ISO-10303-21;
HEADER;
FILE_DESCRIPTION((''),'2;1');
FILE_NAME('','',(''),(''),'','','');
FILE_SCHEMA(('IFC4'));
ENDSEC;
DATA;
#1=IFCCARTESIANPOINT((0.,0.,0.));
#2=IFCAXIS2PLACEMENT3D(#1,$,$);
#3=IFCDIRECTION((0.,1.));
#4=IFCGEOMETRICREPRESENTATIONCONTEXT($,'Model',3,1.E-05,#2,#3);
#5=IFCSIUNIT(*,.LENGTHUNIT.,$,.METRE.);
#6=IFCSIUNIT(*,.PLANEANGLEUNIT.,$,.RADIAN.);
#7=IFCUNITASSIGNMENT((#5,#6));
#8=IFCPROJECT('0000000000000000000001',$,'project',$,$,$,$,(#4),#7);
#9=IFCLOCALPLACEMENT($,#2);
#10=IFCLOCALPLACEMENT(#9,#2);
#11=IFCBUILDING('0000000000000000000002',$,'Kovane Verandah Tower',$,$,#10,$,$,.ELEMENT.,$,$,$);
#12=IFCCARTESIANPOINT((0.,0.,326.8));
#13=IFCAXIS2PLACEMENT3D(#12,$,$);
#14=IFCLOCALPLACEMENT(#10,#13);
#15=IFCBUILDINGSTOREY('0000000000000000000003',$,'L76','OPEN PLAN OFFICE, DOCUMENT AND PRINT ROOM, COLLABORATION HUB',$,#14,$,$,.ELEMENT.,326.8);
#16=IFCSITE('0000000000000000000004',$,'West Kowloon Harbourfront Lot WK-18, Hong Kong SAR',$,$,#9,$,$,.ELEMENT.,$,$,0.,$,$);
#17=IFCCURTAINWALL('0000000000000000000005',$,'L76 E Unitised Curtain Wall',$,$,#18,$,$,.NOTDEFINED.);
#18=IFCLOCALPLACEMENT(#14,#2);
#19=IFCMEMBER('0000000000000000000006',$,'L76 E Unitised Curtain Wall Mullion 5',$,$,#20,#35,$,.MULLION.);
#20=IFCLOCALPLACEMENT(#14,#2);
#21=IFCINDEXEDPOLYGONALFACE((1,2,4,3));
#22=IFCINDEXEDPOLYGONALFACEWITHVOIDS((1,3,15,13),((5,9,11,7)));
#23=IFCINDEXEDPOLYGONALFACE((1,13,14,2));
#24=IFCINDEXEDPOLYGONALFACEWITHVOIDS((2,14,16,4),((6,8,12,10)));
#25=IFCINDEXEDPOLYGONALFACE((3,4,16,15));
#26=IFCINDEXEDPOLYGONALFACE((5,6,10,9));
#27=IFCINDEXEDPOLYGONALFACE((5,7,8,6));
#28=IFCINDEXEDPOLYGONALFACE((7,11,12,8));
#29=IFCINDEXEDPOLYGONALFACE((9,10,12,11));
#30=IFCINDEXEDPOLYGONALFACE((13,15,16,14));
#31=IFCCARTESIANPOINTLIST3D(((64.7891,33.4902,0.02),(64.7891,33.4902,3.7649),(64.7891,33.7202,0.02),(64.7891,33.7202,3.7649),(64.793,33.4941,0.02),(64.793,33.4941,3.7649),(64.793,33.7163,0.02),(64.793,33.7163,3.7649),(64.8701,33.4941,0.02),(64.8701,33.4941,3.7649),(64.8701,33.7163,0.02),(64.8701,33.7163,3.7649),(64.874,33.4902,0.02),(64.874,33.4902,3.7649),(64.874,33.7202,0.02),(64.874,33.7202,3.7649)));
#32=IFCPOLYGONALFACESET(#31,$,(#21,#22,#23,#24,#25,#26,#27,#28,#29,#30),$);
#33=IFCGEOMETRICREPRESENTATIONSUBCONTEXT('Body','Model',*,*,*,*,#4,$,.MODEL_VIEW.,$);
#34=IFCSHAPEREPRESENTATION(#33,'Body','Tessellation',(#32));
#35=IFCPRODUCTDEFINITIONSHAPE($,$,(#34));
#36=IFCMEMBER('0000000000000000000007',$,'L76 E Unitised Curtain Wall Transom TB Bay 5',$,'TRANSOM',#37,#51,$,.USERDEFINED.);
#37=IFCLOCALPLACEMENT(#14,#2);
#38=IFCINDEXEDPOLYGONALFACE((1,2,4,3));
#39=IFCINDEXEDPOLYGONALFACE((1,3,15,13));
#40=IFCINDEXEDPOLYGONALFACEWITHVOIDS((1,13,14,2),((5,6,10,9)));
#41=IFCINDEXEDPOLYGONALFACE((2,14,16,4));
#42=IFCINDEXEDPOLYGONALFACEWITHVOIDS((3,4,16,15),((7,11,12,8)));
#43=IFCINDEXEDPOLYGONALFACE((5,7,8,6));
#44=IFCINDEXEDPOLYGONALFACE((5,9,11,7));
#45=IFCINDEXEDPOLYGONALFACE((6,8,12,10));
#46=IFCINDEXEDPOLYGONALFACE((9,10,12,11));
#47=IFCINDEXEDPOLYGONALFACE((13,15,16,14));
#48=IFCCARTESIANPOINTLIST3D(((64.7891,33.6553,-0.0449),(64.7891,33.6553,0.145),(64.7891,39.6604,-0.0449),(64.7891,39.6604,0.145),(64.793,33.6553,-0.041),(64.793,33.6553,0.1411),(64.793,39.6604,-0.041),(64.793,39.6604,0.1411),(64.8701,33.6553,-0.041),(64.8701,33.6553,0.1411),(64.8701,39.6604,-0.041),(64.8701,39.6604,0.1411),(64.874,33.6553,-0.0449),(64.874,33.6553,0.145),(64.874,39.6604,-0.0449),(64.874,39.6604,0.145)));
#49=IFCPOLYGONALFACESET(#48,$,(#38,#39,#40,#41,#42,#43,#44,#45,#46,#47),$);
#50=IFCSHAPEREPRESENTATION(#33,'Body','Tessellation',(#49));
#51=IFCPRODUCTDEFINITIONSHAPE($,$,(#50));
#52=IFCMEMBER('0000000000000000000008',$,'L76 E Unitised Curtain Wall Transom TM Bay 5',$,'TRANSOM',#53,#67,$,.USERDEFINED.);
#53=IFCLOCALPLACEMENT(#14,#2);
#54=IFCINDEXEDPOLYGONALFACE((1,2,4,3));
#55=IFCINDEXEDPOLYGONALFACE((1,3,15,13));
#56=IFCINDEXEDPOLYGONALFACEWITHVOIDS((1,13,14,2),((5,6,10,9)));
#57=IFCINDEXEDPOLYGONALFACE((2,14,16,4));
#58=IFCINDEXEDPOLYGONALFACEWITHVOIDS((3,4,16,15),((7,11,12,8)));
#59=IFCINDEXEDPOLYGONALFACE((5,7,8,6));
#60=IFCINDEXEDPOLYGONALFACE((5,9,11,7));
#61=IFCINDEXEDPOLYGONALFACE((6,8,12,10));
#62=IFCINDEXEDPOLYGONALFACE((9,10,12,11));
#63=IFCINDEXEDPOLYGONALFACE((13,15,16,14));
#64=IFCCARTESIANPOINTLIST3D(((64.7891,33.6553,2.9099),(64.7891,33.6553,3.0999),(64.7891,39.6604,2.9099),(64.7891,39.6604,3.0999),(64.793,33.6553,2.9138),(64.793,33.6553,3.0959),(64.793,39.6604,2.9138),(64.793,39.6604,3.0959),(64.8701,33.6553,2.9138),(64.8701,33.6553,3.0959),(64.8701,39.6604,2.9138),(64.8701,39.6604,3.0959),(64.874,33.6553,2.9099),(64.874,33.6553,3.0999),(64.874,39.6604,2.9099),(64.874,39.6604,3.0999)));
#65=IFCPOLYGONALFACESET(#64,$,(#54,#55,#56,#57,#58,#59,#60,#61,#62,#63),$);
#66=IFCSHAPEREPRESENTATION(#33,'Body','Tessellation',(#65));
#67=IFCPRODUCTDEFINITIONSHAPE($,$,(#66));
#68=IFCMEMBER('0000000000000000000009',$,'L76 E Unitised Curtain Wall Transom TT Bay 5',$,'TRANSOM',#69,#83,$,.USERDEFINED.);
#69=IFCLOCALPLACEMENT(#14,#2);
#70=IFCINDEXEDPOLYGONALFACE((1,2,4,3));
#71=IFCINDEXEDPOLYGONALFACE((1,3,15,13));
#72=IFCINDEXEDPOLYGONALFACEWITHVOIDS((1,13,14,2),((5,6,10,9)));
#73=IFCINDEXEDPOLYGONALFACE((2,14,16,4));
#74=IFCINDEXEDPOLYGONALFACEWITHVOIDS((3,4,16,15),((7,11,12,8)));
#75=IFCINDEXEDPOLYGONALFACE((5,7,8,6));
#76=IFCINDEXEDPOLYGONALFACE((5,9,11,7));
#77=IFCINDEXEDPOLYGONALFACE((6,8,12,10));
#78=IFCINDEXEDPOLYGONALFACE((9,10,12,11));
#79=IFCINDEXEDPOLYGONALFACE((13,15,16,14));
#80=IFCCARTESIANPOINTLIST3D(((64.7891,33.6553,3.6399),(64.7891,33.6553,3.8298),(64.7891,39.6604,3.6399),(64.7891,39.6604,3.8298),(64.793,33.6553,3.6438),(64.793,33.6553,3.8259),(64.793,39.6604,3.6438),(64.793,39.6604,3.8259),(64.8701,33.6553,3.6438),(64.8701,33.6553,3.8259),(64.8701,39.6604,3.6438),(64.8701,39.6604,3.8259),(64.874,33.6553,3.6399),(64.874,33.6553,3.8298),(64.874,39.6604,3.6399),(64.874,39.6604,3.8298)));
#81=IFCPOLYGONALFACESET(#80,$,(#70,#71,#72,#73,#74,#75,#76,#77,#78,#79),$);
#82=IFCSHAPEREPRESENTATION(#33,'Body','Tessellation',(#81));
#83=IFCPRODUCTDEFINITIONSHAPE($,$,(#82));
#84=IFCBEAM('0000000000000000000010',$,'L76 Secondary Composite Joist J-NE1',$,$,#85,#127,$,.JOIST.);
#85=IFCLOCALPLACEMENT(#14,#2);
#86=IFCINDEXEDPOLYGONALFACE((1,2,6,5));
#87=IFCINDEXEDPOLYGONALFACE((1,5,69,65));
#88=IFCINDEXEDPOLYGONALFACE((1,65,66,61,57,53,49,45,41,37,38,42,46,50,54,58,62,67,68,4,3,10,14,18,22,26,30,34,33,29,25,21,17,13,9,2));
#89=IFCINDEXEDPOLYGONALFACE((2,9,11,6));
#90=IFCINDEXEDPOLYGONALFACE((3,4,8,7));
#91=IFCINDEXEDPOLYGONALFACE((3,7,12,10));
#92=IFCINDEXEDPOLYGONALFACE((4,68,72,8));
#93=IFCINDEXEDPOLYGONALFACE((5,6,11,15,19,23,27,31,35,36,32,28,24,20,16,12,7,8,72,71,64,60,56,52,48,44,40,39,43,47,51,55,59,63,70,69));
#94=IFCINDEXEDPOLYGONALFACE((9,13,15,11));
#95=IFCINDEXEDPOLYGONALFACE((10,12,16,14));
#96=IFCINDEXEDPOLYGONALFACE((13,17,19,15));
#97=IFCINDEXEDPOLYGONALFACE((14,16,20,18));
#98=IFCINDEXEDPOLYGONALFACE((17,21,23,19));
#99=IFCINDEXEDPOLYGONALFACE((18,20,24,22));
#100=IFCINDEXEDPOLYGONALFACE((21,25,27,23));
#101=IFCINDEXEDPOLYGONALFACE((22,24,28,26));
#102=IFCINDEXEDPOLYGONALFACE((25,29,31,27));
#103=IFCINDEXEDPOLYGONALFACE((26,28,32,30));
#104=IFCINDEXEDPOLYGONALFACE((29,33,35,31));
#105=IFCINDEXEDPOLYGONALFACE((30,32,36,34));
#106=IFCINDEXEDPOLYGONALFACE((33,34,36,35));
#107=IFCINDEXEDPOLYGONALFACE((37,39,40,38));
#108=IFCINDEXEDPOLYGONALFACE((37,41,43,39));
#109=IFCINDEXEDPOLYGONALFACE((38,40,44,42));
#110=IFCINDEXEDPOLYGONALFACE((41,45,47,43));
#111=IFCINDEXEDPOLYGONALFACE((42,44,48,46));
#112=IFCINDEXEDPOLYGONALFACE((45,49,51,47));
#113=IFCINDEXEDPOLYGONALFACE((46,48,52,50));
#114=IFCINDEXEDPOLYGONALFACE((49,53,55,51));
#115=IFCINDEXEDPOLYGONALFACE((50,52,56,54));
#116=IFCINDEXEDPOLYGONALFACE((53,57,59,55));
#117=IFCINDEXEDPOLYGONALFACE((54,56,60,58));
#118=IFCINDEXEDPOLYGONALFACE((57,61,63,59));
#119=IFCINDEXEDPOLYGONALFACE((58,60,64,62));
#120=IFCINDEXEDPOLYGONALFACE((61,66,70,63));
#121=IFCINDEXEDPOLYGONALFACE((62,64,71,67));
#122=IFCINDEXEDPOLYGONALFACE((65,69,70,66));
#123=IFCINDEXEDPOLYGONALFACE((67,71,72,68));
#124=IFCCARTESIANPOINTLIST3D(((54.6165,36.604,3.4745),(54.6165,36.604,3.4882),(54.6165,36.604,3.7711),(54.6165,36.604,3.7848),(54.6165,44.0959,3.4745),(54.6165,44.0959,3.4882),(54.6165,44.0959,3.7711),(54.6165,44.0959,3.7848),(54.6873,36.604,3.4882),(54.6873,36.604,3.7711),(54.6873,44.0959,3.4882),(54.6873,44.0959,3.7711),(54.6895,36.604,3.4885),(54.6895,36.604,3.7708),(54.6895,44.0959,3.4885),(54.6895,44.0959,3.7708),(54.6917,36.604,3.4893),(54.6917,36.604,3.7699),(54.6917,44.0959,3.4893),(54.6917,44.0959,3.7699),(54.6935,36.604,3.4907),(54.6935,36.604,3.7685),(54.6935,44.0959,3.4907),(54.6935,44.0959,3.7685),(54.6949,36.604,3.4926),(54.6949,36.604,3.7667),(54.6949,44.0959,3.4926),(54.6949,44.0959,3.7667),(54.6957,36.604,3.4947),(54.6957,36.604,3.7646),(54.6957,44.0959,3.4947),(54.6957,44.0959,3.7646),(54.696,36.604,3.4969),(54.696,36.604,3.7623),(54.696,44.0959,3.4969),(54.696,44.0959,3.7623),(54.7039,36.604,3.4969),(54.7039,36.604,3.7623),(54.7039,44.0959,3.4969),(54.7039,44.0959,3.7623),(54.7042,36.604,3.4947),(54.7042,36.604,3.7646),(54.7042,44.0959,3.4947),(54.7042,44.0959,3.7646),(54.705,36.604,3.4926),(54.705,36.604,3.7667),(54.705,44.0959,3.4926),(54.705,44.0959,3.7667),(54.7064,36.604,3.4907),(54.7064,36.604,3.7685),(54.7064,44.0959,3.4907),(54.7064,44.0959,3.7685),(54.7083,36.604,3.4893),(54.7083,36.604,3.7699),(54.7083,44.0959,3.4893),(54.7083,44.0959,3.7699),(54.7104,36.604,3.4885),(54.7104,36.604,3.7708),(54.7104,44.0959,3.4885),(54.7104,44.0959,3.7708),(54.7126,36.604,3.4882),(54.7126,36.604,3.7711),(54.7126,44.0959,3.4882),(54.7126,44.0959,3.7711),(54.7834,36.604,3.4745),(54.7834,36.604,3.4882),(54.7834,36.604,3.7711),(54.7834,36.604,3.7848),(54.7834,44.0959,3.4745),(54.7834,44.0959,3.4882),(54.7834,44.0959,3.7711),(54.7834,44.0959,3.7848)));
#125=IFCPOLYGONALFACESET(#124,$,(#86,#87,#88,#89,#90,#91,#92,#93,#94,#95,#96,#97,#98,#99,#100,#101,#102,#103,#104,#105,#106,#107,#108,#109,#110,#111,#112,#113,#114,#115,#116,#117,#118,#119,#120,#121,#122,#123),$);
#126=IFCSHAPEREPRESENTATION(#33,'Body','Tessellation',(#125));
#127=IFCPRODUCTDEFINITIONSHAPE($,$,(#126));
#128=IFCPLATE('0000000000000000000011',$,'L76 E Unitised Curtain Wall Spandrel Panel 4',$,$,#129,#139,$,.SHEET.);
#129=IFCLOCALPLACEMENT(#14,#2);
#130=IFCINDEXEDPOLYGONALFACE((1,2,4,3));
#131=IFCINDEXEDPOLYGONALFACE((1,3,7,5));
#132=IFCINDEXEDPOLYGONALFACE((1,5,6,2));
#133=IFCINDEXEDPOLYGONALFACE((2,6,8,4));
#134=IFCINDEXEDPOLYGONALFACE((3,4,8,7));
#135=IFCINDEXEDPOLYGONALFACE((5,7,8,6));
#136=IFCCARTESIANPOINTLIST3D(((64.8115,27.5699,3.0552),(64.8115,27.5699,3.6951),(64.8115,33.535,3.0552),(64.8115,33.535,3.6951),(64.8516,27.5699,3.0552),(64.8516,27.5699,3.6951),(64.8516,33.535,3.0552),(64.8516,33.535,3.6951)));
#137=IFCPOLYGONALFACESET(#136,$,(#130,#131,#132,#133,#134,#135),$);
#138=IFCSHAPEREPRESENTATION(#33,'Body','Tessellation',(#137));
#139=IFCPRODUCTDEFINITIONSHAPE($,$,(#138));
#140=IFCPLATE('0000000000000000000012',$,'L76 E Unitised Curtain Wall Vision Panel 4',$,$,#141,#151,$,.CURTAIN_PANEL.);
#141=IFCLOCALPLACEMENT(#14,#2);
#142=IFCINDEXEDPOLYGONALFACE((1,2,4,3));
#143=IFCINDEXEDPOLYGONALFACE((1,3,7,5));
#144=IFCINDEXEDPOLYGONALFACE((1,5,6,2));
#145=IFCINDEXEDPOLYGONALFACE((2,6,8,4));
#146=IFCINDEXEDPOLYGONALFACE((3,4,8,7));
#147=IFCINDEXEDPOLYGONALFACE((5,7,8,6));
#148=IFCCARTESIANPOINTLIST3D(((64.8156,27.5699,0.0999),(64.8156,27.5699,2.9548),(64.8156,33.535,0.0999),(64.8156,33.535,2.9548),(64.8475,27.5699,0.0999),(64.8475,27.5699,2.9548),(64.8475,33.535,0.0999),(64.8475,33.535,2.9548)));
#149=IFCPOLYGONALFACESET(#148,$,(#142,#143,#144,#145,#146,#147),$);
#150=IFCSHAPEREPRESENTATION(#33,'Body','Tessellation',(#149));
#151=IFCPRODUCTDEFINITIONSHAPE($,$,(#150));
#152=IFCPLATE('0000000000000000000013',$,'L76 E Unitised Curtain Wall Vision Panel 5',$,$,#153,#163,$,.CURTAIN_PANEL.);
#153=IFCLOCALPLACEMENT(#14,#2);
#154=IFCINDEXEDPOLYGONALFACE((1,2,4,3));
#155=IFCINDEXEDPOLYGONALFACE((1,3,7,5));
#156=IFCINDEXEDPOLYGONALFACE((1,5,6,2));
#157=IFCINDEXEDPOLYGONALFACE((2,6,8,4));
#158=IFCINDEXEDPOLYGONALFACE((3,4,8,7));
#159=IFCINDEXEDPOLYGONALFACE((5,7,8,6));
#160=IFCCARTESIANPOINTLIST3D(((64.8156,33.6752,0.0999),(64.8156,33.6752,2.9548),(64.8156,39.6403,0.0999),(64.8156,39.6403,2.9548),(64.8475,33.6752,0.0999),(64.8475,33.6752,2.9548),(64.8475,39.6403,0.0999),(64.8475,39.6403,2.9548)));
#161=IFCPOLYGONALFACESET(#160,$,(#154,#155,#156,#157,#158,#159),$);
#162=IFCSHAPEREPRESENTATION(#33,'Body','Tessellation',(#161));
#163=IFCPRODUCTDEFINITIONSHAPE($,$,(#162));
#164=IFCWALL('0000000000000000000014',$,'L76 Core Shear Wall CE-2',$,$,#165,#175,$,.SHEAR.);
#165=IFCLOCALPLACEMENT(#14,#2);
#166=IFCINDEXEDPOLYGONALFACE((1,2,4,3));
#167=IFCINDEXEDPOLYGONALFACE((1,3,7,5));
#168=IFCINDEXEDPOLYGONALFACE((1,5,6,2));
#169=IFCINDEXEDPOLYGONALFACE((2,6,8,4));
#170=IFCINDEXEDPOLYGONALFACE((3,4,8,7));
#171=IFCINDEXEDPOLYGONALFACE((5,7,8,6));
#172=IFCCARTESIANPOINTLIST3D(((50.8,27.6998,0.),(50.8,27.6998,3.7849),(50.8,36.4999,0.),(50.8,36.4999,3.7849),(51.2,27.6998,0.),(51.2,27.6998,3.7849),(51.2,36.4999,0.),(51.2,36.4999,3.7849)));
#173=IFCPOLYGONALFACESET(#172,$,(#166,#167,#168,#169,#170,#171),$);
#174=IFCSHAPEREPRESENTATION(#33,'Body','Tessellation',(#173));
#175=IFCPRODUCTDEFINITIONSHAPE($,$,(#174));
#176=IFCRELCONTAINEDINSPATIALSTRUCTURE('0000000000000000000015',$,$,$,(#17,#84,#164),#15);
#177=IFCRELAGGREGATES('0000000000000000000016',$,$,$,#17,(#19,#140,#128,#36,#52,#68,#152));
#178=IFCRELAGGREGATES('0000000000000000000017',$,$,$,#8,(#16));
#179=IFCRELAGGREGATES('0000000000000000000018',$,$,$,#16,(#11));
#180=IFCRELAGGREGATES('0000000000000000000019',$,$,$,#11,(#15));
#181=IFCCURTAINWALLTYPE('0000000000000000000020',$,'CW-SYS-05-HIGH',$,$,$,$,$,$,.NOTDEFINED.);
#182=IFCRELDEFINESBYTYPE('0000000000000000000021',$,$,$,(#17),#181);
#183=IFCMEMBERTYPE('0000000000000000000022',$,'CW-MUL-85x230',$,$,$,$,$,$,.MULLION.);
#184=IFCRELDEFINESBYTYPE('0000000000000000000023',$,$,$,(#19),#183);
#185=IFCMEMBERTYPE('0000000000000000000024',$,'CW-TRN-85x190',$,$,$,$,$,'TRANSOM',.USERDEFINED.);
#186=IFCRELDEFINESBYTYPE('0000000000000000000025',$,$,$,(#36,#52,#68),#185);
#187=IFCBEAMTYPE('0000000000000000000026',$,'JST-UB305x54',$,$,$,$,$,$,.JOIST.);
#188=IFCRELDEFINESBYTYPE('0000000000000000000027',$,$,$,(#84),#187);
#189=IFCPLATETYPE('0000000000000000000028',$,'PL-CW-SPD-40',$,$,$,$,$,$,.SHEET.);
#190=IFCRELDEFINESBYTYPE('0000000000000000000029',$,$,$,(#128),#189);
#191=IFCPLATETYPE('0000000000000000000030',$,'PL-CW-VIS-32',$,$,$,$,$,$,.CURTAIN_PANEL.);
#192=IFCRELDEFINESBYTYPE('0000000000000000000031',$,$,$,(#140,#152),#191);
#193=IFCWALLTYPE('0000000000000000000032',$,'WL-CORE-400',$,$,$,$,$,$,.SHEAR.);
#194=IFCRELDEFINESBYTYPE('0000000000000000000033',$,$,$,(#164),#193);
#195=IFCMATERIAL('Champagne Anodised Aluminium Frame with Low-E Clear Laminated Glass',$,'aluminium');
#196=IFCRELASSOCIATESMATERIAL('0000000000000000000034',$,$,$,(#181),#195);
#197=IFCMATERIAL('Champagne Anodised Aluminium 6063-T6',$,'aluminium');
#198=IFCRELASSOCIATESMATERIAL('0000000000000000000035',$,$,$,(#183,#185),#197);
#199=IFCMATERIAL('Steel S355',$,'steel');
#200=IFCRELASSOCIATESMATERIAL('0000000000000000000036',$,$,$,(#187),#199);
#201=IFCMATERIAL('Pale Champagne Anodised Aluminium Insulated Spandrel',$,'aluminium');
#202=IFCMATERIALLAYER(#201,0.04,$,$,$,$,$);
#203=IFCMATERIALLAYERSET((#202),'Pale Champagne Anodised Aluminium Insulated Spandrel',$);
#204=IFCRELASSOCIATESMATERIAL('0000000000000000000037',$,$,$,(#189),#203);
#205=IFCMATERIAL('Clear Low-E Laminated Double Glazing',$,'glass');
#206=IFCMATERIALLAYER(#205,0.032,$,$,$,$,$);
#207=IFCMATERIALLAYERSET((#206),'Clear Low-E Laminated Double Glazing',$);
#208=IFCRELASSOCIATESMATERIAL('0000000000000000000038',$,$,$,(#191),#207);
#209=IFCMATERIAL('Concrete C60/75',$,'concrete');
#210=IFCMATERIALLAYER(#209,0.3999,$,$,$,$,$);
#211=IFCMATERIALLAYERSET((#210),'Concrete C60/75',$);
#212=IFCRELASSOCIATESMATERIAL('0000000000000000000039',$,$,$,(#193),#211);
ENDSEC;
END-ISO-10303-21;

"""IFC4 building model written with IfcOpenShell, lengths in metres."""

from ifc_helpers import new_model, si_unit, direction, frame, frame_2d, origin, origin_2d, place, context, subcontext, project, spatial, rectangle, hollow_rectangle, i_section, extrude, material, layer, layer_set, material_profile, profile_set, type_object, element, aggregate, save


model = new_model("IFC4")

# Units and contexts
model_context = context("Model", 3, precision=1e-05, world=origin(), true_north=direction((0.0, 1.0)))
body_context = subcontext(model_context, "Body", "Model", "MODEL_VIEW")
ifc_project = project(units=[si_unit("LENGTHUNIT", "METRE"), si_unit("PLANEANGLEUNIT", "RADIAN")], contexts=[model_context])

# Site, building, storey
site_placement = place(None, origin())
site = spatial("IfcSite", under=ifc_project, at=site_placement, Name="West Kowloon Harbourfront Lot WK-18, Hong Kong SAR", CompositionType="ELEMENT", RefElevation=0.0)
building_placement = place(site_placement, origin())
building = spatial("IfcBuilding", under=site, at=building_placement, Name="Kovane Verandah Tower", CompositionType="ELEMENT")
storey_placement = place(building_placement, frame((0.0, 0.0, 326.8)))
storey = spatial("IfcBuildingStorey", under=building, at=storey_placement, Name="L76", Description="OPEN PLAN OFFICE, DOCUMENT AND PRINT ROOM, COLLABORATION HUB", CompositionType="ELEMENT", Elevation=326.8)

# Shared definitions
ifc_material_1 = material(Name="Concrete C60/75", Category="concrete")

# Shared definitions
ifc_material_2 = material(Name="Steel S355", Category="steel")

# Curtain wall, members
ifc_material_3 = material(Name="Champagne Anodised Aluminium Frame with Low-E Clear Laminated Glass", Category="aluminium")
curtain_wall_type = type_object("IfcCurtainWallType", Name="CW-SYS-05-HIGH", PredefinedType="NOTDEFINED", material=ifc_material_3)
curtain_wall_placement = place(storey_placement, origin())
curtain_wall = element("IfcCurtainWall", 1, at=curtain_wall_placement, inside=storey, type_object=curtain_wall_type, Name="L76 E Unitised Curtain Wall", PredefinedType="NOTDEFINED")
ifc_material_4 = material(Name="Champagne Anodised Aluminium 6063-T6", Category="aluminium")
ifc_material_profile_1 = material_profile(ifc_material_4, hollow_rectangle(XDim=0.085, YDim=0.23, WallThickness=0.0039, at=origin_2d()), Name="AL85x230x4")
ifc_profile_set_1 = profile_set([ifc_material_profile_1], Name="Champagne Anodised Aluminium 6063-T6")
member_type_1 = type_object("IfcMemberType", Name="CW-MUL-85x230", PredefinedType="MULLION", material=ifc_profile_set_1)
member_1_placement = place(storey_placement, frame((64.8315, 33.6052, 0.02), z_axis=(0.0, 0.0, 1.0), x_axis=(1.0, 0.0, 0.0)))
member_1 = element("IfcMember", 2, at=member_1_placement, type_object=member_type_1, Name="L76 E Unitised Curtain Wall Mullion 5", PredefinedType="MULLION", context=body_context, shape_type="SweptSolid", body=[
    extrude(hollow_rectangle(XDim=0.085, YDim=0.23, WallThickness=0.0039, at=origin_2d()), origin(), (0.0, 0.0, 1.0), 3.7449),
])
ifc_material_profile_2 = material_profile(ifc_material_4, hollow_rectangle(XDim=0.085, YDim=0.1899, WallThickness=0.0039, at=origin_2d()), Name="AL85x190x4")
ifc_profile_set_2 = profile_set([ifc_material_profile_2], Name="Champagne Anodised Aluminium 6063-T6")
member_type_2 = type_object("IfcMemberType", Name="CW-TRN-85x190", ElementType="TRANSOM", PredefinedType="USERDEFINED", material=ifc_profile_set_2)
member_2_placement = place(storey_placement, frame((64.8315, 33.6553, 0.05), z_axis=(0.0, 1.0, 0.0), x_axis=(-1.0, 0.0, 0.0)))
member_2 = element("IfcMember", 3, at=member_2_placement, type_object=member_type_2, Name="L76 E Unitised Curtain Wall Transom TB Bay 5", ObjectType="TRANSOM", PredefinedType="USERDEFINED", context=body_context, shape_type="SweptSolid", body=[
    extrude(hollow_rectangle(XDim=0.085, YDim=0.1899, WallThickness=0.0039, at=origin_2d()), origin(), (0.0, 0.0, 1.0), 6.0051),
])
member_3_placement = place(storey_placement, frame((64.8315, 33.6553, 3.0049), z_axis=(0.0, 1.0, 0.0), x_axis=(-1.0, 0.0, 0.0)))
member_3 = element("IfcMember", 4, at=member_3_placement, type_object=member_type_2, Name="L76 E Unitised Curtain Wall Transom TM Bay 5", ObjectType="TRANSOM", PredefinedType="USERDEFINED", context=body_context, shape_type="SweptSolid", body=[
    extrude(hollow_rectangle(XDim=0.085, YDim=0.1899, WallThickness=0.0039, at=origin_2d()), origin(), (0.0, 0.0, 1.0), 6.0051),
])
member_4_placement = place(storey_placement, frame((64.8315, 33.6553, 3.7349), z_axis=(0.0, 1.0, 0.0), x_axis=(-1.0, 0.0, 0.0)))
member_4 = element("IfcMember", 5, at=member_4_placement, type_object=member_type_2, Name="L76 E Unitised Curtain Wall Transom TT Bay 5", ObjectType="TRANSOM", PredefinedType="USERDEFINED", context=body_context, shape_type="SweptSolid", body=[
    extrude(hollow_rectangle(XDim=0.085, YDim=0.1899, WallThickness=0.0039, at=origin_2d()), origin(), (0.0, 0.0, 1.0), 6.0051),
])

# Beam
ifc_material_profile_3 = material_profile(ifc_material_2, i_section(OverallWidth=0.167, OverallDepth=0.3103, WebThickness=0.0078, FlangeThickness=0.0137, FilletRadius=0.0088, at=origin_2d()), Name="UB305x165x54")
ifc_profile_set_3 = profile_set([ifc_material_profile_3], Name="Steel S355")
beam_type_1 = type_object("IfcBeamType", Name="JST-UB305x54", PredefinedType="JOIST", material=ifc_profile_set_3)
beam_1_placement = place(storey_placement, frame((54.7, 36.604, 3.6296), z_axis=(0.0, 1.0, 0.0), x_axis=(-1.0, 0.0, 0.0)))
element("IfcBeam", 6, at=beam_1_placement, inside=storey, type_object=beam_type_1, Name="L76 Secondary Composite Joist J-NE1", PredefinedType="JOIST", context=body_context, shape_type="SweptSolid", body=[
    extrude(i_section(OverallWidth=0.167, OverallDepth=0.3103, WebThickness=0.0078, FlangeThickness=0.0137, FilletRadius=0.0088, at=origin_2d()), origin(), (0.0, 0.0, 1.0), 7.4919),
])

# Plates
ifc_material_5 = material(Name="Pale Champagne Anodised Aluminium Insulated Spandrel", Category="aluminium")
ifc_layer_1 = layer(ifc_material_5, 0.04)
ifc_layer_set_1 = layer_set([ifc_layer_1], Name="Pale Champagne Anodised Aluminium Insulated Spandrel")
plate_type_1 = type_object("IfcPlateType", Name="PL-CW-SPD-40", PredefinedType="SHEET", material=ifc_layer_set_1)
plate_1_placement = place(storey_placement, frame((64.8315, 30.5525, 3.0552), z_axis=(0.0, 0.0, 1.0), x_axis=(0.0, 1.0, 0.0)))
plate_1 = element("IfcPlate", 7, at=plate_1_placement, type_object=plate_type_1, Name="L76 E Unitised Curtain Wall Spandrel Panel 4", PredefinedType="SHEET", context=body_context, shape_type="SweptSolid", body=[
    extrude(rectangle(XDim=5.9651, YDim=0.04, at=origin_2d()), origin(), (0.0, 0.0, 1.0), 0.6399),
])
ifc_material_6 = material(Name="Clear Low-E Laminated Double Glazing", Category="glass")
ifc_layer_2 = layer(ifc_material_6, 0.032)
ifc_layer_set_2 = layer_set([ifc_layer_2], Name="Clear Low-E Laminated Double Glazing")
plate_type_2 = type_object("IfcPlateType", Name="PL-CW-VIS-32", PredefinedType="CURTAIN_PANEL", material=ifc_layer_set_2)
plate_2_placement = place(storey_placement, frame((64.8315, 30.5525, 0.0999), z_axis=(0.0, 0.0, 1.0), x_axis=(0.0, 1.0, 0.0)))
plate_2 = element("IfcPlate", 8, at=plate_2_placement, type_object=plate_type_2, Name="L76 E Unitised Curtain Wall Vision Panel 4", PredefinedType="CURTAIN_PANEL", context=body_context, shape_type="SweptSolid", body=[
    extrude(rectangle(XDim=5.9651, YDim=0.032, at=origin_2d()), origin(), (0.0, 0.0, 1.0), 2.855),
])
plate_3_placement = place(storey_placement, frame((64.8315, 36.6577, 0.0999), z_axis=(0.0, 0.0, 1.0), x_axis=(0.0, 1.0, 0.0)))
plate_3 = element("IfcPlate", 9, at=plate_3_placement, type_object=plate_type_2, Name="L76 E Unitised Curtain Wall Vision Panel 5", PredefinedType="CURTAIN_PANEL", context=body_context, shape_type="SweptSolid", body=[
    extrude(rectangle(XDim=5.9651, YDim=0.032, at=origin_2d()), origin(), (0.0, 0.0, 1.0), 2.855),
])
aggregate(curtain_wall, [member_1, plate_2, plate_1, member_2, member_3, member_4, plate_3])

# Wall
ifc_layer_3 = layer(ifc_material_1, 0.3999)
ifc_layer_set_3 = layer_set([ifc_layer_3], Name="Concrete C60/75")
wall_type_1 = type_object("IfcWallType", Name="WL-CORE-400", PredefinedType="SHEAR", material=ifc_layer_set_3)
wall_1_placement = place(storey_placement, frame((51.0, 27.7, 0.0), z_axis=(0.0, 0.0, 1.0), x_axis=(0.0, 1.0, 0.0)))
element("IfcWall", 10, at=wall_1_placement, inside=storey, type_object=wall_type_1, Name="L76 Core Shear Wall CE-2", PredefinedType="SHEAR", context=body_context, shape_type="SweptSolid", body=[
    extrude(rectangle(XDim=8.8, YDim=0.3999, at=frame_2d((4.3999, 0.0))), origin(), (0.0, 0.0, 1.0), 3.7849),
])

save(model, "model.ifc")
